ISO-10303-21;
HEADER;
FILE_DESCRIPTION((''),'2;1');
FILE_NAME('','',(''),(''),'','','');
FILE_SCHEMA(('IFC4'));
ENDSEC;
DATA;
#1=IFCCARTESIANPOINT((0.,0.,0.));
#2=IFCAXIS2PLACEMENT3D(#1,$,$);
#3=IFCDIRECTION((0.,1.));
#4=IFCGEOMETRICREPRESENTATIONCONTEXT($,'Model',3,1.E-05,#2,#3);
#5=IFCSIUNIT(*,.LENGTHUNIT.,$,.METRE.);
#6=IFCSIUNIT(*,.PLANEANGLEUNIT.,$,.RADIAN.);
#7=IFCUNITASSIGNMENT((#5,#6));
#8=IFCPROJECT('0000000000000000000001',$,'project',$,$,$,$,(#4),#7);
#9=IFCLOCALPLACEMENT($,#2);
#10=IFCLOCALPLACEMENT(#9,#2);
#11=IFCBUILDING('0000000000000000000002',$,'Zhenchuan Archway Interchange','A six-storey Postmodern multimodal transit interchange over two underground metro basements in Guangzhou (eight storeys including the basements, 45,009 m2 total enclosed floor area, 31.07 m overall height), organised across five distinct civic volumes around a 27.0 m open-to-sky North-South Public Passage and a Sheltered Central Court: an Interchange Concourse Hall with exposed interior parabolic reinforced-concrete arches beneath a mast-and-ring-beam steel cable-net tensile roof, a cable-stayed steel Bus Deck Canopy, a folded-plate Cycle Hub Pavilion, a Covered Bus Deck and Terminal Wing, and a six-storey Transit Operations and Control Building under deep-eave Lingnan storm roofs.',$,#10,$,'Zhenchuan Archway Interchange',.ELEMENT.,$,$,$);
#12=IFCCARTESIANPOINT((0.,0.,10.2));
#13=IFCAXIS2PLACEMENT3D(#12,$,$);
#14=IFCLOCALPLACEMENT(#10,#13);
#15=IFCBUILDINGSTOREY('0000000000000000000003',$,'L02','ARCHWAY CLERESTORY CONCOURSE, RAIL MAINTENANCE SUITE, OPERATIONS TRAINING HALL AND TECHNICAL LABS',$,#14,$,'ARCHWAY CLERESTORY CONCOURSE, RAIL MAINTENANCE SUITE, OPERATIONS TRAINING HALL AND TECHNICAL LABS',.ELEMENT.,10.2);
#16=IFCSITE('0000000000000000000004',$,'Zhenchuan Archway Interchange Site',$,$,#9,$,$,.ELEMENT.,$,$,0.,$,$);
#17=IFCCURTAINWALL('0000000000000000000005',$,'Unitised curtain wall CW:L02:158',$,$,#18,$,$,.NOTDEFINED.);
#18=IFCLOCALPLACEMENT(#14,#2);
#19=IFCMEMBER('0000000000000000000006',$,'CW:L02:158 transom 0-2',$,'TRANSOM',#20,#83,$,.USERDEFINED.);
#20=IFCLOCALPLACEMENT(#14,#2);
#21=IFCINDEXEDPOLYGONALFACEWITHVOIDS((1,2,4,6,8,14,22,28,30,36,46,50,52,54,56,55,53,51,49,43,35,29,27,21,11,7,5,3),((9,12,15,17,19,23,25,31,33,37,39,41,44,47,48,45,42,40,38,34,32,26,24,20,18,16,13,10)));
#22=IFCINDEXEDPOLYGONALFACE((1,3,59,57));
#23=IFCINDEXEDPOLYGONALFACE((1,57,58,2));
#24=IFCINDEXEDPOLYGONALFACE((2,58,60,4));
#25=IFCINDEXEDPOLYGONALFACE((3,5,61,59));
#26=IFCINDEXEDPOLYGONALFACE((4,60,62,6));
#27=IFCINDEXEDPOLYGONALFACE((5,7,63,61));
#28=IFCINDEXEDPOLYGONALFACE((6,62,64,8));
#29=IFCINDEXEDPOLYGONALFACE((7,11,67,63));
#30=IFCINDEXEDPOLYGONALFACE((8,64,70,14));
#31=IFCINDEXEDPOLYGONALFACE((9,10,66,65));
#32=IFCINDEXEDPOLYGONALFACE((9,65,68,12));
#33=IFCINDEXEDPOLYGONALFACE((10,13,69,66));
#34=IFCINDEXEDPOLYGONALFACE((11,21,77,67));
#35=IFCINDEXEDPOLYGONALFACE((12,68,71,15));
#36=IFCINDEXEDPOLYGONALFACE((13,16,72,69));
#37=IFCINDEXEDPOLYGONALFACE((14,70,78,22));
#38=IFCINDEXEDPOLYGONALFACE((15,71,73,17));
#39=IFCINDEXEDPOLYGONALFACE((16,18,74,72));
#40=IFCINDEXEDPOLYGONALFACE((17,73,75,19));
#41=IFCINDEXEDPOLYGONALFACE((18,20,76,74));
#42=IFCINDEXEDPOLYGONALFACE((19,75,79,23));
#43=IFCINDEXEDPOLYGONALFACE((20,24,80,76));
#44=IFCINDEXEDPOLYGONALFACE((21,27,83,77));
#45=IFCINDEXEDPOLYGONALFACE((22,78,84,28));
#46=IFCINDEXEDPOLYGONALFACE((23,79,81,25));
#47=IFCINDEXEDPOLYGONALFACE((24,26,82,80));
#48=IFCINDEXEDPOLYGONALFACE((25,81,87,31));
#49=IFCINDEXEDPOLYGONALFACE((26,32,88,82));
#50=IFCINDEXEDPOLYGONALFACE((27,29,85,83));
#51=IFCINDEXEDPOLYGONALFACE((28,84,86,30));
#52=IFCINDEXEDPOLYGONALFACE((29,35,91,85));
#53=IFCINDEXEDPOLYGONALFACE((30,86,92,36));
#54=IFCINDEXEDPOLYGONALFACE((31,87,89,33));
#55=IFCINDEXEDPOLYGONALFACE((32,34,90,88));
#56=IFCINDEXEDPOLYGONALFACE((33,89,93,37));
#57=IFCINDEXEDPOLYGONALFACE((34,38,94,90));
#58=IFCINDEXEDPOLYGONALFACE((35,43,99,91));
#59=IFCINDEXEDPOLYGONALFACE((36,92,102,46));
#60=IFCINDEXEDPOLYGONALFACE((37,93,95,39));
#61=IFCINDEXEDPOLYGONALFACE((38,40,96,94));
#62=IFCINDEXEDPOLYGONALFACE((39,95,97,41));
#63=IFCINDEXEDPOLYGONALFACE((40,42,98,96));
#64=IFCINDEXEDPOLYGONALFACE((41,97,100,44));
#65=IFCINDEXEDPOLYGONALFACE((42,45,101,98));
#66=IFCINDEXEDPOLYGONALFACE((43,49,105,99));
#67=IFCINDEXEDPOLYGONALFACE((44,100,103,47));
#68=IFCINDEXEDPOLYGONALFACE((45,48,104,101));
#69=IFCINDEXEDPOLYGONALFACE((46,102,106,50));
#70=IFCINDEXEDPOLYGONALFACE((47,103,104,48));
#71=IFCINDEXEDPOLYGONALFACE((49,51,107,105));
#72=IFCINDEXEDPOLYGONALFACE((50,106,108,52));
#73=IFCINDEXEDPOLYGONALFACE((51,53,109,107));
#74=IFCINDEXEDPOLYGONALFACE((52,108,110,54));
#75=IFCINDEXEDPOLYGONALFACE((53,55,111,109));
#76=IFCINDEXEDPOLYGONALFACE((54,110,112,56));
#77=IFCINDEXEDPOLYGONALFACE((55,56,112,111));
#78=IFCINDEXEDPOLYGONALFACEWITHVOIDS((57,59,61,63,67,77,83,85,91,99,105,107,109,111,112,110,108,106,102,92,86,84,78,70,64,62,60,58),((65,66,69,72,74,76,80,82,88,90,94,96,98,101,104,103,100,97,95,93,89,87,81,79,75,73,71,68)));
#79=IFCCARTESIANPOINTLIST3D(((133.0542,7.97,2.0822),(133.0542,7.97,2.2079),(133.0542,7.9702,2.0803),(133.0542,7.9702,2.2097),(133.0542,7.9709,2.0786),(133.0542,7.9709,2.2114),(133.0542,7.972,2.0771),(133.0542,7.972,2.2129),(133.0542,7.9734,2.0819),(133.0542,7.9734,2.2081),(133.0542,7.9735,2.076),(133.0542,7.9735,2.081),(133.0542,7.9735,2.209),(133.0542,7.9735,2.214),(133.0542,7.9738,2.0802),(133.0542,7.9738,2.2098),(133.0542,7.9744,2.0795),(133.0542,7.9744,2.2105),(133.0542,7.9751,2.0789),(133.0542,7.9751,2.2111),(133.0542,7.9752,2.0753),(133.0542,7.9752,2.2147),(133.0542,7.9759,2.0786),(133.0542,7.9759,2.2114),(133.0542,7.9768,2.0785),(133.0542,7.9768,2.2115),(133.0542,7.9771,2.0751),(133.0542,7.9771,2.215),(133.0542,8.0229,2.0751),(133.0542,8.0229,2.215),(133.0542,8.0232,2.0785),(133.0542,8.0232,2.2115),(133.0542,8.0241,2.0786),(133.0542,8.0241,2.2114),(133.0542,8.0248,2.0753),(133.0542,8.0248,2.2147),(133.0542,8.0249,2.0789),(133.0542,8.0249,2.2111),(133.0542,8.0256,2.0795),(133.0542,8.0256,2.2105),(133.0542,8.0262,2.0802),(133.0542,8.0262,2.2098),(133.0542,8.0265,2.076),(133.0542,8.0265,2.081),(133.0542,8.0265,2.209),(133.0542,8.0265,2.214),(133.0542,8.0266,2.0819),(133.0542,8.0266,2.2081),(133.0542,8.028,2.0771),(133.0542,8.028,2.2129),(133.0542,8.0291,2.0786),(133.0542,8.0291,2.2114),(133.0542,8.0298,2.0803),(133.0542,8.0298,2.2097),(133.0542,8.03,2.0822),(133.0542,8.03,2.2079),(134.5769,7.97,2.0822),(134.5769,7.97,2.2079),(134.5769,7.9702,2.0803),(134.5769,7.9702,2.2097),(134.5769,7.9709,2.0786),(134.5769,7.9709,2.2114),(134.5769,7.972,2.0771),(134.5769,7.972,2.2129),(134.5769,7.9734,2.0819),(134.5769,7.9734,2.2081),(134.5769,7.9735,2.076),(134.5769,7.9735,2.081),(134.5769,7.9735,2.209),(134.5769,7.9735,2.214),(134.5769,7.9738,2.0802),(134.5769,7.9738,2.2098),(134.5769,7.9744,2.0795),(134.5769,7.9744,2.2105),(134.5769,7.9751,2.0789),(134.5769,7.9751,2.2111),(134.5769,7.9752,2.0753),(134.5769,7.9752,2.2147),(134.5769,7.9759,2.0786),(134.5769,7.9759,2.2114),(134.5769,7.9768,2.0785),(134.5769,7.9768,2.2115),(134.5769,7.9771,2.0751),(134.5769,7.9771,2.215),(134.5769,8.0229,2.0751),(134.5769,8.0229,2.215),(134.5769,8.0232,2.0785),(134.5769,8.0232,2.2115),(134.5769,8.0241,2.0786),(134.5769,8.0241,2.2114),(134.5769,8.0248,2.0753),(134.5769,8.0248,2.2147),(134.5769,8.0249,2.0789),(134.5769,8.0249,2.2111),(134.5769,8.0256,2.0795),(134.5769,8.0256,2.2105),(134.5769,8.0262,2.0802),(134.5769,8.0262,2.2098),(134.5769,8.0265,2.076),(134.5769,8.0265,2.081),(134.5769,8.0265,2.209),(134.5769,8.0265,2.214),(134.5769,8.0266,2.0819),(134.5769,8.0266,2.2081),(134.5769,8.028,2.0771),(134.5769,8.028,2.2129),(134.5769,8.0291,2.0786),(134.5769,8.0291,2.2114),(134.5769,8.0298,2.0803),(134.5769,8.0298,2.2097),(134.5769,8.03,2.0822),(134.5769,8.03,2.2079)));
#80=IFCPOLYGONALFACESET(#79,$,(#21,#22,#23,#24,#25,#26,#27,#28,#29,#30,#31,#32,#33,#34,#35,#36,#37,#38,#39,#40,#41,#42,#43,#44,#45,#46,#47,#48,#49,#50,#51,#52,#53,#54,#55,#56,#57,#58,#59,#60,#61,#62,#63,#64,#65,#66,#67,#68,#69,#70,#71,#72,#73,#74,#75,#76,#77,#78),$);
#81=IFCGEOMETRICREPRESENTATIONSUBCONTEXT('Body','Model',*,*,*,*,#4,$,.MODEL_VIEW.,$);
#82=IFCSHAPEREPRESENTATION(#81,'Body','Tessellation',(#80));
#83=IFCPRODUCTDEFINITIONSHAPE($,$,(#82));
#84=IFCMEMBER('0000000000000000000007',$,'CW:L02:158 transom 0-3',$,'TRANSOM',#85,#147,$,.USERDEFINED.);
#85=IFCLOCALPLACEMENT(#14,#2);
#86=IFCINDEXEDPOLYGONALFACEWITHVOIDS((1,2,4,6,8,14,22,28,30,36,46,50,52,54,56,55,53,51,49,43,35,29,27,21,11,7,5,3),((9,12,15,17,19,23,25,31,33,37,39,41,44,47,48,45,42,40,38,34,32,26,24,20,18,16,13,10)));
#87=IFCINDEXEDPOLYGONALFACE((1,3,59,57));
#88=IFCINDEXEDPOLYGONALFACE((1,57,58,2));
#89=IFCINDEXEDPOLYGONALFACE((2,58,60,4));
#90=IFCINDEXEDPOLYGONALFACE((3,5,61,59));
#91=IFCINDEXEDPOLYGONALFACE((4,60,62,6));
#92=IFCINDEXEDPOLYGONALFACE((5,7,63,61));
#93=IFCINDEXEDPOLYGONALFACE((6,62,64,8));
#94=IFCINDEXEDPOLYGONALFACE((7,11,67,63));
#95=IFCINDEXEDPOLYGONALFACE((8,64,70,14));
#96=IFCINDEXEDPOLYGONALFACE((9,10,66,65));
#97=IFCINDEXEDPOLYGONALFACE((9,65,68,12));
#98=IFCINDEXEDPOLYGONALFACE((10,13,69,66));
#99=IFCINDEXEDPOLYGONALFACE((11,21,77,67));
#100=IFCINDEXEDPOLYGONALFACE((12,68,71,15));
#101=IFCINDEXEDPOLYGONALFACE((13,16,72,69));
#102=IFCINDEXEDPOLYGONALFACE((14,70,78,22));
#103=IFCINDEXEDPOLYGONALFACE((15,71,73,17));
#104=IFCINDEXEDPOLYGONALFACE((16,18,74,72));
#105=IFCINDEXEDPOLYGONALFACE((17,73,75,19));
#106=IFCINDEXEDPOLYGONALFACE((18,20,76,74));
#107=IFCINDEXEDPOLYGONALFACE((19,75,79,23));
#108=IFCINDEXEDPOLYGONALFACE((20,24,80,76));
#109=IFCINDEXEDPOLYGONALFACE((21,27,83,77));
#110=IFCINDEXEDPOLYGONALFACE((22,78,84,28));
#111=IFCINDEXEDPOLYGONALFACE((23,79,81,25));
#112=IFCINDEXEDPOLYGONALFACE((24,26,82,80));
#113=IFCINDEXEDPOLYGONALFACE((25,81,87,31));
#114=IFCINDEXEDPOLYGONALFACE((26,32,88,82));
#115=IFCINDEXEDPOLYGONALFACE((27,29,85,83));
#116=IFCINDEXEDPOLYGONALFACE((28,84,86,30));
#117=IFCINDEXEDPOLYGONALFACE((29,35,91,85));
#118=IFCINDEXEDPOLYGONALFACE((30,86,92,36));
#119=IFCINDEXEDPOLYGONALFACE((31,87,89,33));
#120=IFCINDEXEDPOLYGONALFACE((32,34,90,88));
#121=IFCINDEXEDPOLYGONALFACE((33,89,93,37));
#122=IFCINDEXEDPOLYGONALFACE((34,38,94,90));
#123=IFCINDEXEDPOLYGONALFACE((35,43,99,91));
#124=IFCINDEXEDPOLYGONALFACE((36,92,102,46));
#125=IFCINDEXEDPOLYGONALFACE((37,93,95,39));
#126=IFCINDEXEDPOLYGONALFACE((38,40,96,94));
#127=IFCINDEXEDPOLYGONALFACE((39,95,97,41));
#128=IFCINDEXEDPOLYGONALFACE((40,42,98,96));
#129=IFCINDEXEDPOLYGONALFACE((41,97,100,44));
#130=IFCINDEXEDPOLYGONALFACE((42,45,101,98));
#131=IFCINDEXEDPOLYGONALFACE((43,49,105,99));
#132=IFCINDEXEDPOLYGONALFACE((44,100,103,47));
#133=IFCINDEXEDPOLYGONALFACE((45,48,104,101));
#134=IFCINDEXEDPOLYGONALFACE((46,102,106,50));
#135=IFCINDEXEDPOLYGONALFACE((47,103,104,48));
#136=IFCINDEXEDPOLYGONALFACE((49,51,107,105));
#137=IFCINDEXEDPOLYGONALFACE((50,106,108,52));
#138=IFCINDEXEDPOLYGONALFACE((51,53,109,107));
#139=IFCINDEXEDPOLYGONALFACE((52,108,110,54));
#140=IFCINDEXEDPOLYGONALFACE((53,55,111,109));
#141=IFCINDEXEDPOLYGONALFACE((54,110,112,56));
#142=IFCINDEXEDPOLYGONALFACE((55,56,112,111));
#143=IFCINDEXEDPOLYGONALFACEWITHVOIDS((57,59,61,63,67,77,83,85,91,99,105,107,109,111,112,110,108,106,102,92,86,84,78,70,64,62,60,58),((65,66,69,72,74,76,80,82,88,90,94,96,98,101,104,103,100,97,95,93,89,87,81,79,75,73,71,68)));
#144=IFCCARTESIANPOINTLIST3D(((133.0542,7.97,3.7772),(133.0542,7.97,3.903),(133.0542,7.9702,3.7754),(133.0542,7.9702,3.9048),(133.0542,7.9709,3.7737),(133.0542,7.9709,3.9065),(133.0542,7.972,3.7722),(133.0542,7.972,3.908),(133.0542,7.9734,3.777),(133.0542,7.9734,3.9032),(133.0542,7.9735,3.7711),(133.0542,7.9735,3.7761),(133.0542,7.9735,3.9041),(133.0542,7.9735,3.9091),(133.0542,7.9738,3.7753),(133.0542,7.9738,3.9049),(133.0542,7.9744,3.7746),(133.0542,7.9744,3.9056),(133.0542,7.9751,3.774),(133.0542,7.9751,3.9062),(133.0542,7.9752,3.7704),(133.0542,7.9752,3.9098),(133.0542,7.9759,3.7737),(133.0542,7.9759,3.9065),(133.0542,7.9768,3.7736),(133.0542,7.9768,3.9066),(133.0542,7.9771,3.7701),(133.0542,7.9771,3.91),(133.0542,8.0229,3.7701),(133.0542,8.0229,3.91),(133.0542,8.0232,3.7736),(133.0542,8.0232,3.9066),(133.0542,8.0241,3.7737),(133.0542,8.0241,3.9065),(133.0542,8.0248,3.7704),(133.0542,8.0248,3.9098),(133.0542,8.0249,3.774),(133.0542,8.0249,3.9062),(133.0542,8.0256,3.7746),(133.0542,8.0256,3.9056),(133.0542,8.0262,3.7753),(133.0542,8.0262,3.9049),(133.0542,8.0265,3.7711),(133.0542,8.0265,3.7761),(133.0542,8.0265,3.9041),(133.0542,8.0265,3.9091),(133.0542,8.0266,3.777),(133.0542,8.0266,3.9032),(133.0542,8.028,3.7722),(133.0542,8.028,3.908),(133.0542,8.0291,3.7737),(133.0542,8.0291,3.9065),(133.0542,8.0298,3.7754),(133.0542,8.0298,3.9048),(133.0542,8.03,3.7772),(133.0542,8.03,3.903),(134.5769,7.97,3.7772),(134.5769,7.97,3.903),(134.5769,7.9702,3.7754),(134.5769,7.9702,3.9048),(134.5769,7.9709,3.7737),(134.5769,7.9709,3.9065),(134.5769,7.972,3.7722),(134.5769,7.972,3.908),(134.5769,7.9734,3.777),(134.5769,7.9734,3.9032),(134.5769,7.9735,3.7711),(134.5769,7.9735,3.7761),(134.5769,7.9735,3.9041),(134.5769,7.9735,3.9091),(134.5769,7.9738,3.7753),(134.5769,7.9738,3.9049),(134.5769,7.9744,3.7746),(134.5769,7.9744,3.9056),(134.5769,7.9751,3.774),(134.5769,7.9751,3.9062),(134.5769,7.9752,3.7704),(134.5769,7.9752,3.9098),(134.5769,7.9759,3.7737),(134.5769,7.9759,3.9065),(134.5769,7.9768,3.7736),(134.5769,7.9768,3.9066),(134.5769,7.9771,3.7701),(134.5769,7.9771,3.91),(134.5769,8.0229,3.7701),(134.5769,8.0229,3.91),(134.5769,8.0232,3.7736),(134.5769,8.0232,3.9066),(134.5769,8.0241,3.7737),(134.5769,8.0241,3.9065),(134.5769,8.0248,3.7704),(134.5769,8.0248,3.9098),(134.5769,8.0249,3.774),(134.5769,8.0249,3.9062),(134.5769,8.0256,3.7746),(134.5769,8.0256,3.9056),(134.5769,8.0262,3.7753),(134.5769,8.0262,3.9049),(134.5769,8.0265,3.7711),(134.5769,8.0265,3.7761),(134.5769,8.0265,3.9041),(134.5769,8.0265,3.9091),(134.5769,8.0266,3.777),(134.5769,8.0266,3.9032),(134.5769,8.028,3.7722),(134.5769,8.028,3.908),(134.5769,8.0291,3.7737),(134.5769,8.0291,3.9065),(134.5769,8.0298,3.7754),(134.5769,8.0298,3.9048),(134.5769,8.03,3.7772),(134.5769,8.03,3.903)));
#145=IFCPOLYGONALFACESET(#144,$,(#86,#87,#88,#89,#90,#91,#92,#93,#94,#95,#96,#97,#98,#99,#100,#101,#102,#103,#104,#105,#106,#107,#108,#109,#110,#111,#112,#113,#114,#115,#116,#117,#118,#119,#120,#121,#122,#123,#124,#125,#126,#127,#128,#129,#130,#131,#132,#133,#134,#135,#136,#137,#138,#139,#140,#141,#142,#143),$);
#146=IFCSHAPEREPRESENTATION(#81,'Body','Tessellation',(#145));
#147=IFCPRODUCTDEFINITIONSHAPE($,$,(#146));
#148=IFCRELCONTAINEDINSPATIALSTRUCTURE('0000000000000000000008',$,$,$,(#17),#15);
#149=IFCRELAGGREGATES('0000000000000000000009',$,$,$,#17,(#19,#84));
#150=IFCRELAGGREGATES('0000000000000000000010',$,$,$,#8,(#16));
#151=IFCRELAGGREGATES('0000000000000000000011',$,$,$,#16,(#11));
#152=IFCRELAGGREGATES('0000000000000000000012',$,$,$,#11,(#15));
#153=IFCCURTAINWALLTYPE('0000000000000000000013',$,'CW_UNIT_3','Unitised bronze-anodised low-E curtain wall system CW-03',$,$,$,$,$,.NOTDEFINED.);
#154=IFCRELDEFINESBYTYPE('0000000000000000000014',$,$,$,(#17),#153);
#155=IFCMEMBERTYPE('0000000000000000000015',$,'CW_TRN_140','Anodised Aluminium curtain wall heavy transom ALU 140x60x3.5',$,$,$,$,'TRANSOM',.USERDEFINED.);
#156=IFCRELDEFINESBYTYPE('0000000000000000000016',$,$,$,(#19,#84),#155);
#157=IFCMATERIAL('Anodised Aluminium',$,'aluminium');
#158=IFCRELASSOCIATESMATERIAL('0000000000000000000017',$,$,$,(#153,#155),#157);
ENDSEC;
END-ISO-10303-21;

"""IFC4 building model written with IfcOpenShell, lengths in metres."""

from ifc_helpers import new_model, si_unit, direction, frame, origin, origin_2d, place, context, subcontext, project, spatial, hollow_rectangle, extrude, material, material_profile, profile_set, type_object, element, aggregate, save


model = new_model("IFC4")

# Units and contexts
model_context = context("Model", 3, precision=1e-05, world=origin(), true_north=direction((0.0, 1.0)))
body_context = subcontext(model_context, "Body", "Model", "MODEL_VIEW")
ifc_project = project(units=[si_unit("LENGTHUNIT", "METRE"), si_unit("PLANEANGLEUNIT", "RADIAN")], contexts=[model_context])

# Site, building, storey
site_placement = place(None, origin())
site = spatial("IfcSite", under=ifc_project, at=site_placement, Name="Zhenchuan Archway Interchange Site", CompositionType="ELEMENT", RefElevation=0.0)
building_placement = place(site_placement, origin())
building = spatial("IfcBuilding", under=site, at=building_placement, Name="Zhenchuan Archway Interchange", Description="A six-storey Postmodern multimodal transit interchange over two underground metro basements in Guangzhou (eight storeys including the basements, 45,009 m2 total enclosed floor area, 31.07 m overall height), organised across five distinct civic volumes around a 27.0 m open-to-sky North-South Public Passage and a Sheltered Central Court: an Interchange Concourse Hall with exposed interior parabolic reinforced-concrete arches beneath a mast-and-ring-beam steel cable-net tensile roof, a cable-stayed steel Bus Deck Canopy, a folded-plate Cycle Hub Pavilion, a Covered Bus Deck and Terminal Wing, and a six-storey Transit Operations and Control Building under deep-eave Lingnan storm roofs.", LongName="Zhenchuan Archway Interchange", CompositionType="ELEMENT")
storey_placement = place(building_placement, frame((0.0, 0.0, 10.2)))
storey = spatial("IfcBuildingStorey", under=building, at=storey_placement, Name="L02", Description="ARCHWAY CLERESTORY CONCOURSE, RAIL MAINTENANCE SUITE, OPERATIONS TRAINING HALL AND TECHNICAL LABS", LongName="ARCHWAY CLERESTORY CONCOURSE, RAIL MAINTENANCE SUITE, OPERATIONS TRAINING HALL AND TECHNICAL LABS", CompositionType="ELEMENT", Elevation=10.2)

# Curtain wall, members
ifc_material_1 = material(Name="Anodised Aluminium", Category="aluminium")
curtain_wall_type = type_object("IfcCurtainWallType", Name="CW_UNIT_3", Description="Unitised bronze-anodised low-E curtain wall system CW-03", PredefinedType="NOTDEFINED", material=ifc_material_1)
curtain_wall_placement = place(storey_placement, origin())
curtain_wall = element("IfcCurtainWall", 1, at=curtain_wall_placement, inside=storey, type_object=curtain_wall_type, Name="Unitised curtain wall CW:L02:158", PredefinedType="NOTDEFINED")
ifc_material_profile_1 = material_profile(ifc_material_1, hollow_rectangle(XDim=0.0601, YDim=0.1399, WallThickness=0.0034, InnerFilletRadius=0.0034, OuterFilletRadius=0.0071, at=origin_2d()), Name="ALU 140x60x3.5")
ifc_profile_set_1 = profile_set([ifc_material_profile_1], Name="Anodised Aluminium")
member_type_1 = type_object("IfcMemberType", Name="CW_TRN_140", Description="Anodised Aluminium curtain wall heavy transom ALU 140x60x3.5", ElementType="TRANSOM", PredefinedType="USERDEFINED", material=ifc_profile_set_1)
member_1_placement = place(storey_placement, frame((134.5769, 8.0, 2.145), z_axis=(-1.0, 0.0, 0.0), x_axis=(0.0, -1.0, 0.0)))
member_1 = element("IfcMember", 2, at=member_1_placement, type_object=member_type_1, Name="CW:L02:158 transom 0-2", ObjectType="TRANSOM", PredefinedType="USERDEFINED", context=body_context, shape_type="SweptSolid", body=[
    extrude(hollow_rectangle(XDim=0.0601, YDim=0.1399, WallThickness=0.0034, InnerFilletRadius=0.0034, OuterFilletRadius=0.0071, at=origin_2d()), origin(), (0.0, 0.0, 1.0), 1.5227),
])
member_2_placement = place(storey_placement, frame((134.5769, 8.0, 3.8401), z_axis=(-1.0, 0.0, 0.0), x_axis=(0.0, -1.0, 0.0)))
member_2 = element("IfcMember", 3, at=member_2_placement, type_object=member_type_1, Name="CW:L02:158 transom 0-3", ObjectType="TRANSOM", PredefinedType="USERDEFINED", context=body_context, shape_type="SweptSolid", body=[
    extrude(hollow_rectangle(XDim=0.0601, YDim=0.1399, WallThickness=0.0034, InnerFilletRadius=0.0034, OuterFilletRadius=0.0071, at=origin_2d()), origin(), (0.0, 0.0, 1.0), 1.5227),
])

aggregate(curtain_wall, [member_1, member_2])

save(model, "model.ifc")
